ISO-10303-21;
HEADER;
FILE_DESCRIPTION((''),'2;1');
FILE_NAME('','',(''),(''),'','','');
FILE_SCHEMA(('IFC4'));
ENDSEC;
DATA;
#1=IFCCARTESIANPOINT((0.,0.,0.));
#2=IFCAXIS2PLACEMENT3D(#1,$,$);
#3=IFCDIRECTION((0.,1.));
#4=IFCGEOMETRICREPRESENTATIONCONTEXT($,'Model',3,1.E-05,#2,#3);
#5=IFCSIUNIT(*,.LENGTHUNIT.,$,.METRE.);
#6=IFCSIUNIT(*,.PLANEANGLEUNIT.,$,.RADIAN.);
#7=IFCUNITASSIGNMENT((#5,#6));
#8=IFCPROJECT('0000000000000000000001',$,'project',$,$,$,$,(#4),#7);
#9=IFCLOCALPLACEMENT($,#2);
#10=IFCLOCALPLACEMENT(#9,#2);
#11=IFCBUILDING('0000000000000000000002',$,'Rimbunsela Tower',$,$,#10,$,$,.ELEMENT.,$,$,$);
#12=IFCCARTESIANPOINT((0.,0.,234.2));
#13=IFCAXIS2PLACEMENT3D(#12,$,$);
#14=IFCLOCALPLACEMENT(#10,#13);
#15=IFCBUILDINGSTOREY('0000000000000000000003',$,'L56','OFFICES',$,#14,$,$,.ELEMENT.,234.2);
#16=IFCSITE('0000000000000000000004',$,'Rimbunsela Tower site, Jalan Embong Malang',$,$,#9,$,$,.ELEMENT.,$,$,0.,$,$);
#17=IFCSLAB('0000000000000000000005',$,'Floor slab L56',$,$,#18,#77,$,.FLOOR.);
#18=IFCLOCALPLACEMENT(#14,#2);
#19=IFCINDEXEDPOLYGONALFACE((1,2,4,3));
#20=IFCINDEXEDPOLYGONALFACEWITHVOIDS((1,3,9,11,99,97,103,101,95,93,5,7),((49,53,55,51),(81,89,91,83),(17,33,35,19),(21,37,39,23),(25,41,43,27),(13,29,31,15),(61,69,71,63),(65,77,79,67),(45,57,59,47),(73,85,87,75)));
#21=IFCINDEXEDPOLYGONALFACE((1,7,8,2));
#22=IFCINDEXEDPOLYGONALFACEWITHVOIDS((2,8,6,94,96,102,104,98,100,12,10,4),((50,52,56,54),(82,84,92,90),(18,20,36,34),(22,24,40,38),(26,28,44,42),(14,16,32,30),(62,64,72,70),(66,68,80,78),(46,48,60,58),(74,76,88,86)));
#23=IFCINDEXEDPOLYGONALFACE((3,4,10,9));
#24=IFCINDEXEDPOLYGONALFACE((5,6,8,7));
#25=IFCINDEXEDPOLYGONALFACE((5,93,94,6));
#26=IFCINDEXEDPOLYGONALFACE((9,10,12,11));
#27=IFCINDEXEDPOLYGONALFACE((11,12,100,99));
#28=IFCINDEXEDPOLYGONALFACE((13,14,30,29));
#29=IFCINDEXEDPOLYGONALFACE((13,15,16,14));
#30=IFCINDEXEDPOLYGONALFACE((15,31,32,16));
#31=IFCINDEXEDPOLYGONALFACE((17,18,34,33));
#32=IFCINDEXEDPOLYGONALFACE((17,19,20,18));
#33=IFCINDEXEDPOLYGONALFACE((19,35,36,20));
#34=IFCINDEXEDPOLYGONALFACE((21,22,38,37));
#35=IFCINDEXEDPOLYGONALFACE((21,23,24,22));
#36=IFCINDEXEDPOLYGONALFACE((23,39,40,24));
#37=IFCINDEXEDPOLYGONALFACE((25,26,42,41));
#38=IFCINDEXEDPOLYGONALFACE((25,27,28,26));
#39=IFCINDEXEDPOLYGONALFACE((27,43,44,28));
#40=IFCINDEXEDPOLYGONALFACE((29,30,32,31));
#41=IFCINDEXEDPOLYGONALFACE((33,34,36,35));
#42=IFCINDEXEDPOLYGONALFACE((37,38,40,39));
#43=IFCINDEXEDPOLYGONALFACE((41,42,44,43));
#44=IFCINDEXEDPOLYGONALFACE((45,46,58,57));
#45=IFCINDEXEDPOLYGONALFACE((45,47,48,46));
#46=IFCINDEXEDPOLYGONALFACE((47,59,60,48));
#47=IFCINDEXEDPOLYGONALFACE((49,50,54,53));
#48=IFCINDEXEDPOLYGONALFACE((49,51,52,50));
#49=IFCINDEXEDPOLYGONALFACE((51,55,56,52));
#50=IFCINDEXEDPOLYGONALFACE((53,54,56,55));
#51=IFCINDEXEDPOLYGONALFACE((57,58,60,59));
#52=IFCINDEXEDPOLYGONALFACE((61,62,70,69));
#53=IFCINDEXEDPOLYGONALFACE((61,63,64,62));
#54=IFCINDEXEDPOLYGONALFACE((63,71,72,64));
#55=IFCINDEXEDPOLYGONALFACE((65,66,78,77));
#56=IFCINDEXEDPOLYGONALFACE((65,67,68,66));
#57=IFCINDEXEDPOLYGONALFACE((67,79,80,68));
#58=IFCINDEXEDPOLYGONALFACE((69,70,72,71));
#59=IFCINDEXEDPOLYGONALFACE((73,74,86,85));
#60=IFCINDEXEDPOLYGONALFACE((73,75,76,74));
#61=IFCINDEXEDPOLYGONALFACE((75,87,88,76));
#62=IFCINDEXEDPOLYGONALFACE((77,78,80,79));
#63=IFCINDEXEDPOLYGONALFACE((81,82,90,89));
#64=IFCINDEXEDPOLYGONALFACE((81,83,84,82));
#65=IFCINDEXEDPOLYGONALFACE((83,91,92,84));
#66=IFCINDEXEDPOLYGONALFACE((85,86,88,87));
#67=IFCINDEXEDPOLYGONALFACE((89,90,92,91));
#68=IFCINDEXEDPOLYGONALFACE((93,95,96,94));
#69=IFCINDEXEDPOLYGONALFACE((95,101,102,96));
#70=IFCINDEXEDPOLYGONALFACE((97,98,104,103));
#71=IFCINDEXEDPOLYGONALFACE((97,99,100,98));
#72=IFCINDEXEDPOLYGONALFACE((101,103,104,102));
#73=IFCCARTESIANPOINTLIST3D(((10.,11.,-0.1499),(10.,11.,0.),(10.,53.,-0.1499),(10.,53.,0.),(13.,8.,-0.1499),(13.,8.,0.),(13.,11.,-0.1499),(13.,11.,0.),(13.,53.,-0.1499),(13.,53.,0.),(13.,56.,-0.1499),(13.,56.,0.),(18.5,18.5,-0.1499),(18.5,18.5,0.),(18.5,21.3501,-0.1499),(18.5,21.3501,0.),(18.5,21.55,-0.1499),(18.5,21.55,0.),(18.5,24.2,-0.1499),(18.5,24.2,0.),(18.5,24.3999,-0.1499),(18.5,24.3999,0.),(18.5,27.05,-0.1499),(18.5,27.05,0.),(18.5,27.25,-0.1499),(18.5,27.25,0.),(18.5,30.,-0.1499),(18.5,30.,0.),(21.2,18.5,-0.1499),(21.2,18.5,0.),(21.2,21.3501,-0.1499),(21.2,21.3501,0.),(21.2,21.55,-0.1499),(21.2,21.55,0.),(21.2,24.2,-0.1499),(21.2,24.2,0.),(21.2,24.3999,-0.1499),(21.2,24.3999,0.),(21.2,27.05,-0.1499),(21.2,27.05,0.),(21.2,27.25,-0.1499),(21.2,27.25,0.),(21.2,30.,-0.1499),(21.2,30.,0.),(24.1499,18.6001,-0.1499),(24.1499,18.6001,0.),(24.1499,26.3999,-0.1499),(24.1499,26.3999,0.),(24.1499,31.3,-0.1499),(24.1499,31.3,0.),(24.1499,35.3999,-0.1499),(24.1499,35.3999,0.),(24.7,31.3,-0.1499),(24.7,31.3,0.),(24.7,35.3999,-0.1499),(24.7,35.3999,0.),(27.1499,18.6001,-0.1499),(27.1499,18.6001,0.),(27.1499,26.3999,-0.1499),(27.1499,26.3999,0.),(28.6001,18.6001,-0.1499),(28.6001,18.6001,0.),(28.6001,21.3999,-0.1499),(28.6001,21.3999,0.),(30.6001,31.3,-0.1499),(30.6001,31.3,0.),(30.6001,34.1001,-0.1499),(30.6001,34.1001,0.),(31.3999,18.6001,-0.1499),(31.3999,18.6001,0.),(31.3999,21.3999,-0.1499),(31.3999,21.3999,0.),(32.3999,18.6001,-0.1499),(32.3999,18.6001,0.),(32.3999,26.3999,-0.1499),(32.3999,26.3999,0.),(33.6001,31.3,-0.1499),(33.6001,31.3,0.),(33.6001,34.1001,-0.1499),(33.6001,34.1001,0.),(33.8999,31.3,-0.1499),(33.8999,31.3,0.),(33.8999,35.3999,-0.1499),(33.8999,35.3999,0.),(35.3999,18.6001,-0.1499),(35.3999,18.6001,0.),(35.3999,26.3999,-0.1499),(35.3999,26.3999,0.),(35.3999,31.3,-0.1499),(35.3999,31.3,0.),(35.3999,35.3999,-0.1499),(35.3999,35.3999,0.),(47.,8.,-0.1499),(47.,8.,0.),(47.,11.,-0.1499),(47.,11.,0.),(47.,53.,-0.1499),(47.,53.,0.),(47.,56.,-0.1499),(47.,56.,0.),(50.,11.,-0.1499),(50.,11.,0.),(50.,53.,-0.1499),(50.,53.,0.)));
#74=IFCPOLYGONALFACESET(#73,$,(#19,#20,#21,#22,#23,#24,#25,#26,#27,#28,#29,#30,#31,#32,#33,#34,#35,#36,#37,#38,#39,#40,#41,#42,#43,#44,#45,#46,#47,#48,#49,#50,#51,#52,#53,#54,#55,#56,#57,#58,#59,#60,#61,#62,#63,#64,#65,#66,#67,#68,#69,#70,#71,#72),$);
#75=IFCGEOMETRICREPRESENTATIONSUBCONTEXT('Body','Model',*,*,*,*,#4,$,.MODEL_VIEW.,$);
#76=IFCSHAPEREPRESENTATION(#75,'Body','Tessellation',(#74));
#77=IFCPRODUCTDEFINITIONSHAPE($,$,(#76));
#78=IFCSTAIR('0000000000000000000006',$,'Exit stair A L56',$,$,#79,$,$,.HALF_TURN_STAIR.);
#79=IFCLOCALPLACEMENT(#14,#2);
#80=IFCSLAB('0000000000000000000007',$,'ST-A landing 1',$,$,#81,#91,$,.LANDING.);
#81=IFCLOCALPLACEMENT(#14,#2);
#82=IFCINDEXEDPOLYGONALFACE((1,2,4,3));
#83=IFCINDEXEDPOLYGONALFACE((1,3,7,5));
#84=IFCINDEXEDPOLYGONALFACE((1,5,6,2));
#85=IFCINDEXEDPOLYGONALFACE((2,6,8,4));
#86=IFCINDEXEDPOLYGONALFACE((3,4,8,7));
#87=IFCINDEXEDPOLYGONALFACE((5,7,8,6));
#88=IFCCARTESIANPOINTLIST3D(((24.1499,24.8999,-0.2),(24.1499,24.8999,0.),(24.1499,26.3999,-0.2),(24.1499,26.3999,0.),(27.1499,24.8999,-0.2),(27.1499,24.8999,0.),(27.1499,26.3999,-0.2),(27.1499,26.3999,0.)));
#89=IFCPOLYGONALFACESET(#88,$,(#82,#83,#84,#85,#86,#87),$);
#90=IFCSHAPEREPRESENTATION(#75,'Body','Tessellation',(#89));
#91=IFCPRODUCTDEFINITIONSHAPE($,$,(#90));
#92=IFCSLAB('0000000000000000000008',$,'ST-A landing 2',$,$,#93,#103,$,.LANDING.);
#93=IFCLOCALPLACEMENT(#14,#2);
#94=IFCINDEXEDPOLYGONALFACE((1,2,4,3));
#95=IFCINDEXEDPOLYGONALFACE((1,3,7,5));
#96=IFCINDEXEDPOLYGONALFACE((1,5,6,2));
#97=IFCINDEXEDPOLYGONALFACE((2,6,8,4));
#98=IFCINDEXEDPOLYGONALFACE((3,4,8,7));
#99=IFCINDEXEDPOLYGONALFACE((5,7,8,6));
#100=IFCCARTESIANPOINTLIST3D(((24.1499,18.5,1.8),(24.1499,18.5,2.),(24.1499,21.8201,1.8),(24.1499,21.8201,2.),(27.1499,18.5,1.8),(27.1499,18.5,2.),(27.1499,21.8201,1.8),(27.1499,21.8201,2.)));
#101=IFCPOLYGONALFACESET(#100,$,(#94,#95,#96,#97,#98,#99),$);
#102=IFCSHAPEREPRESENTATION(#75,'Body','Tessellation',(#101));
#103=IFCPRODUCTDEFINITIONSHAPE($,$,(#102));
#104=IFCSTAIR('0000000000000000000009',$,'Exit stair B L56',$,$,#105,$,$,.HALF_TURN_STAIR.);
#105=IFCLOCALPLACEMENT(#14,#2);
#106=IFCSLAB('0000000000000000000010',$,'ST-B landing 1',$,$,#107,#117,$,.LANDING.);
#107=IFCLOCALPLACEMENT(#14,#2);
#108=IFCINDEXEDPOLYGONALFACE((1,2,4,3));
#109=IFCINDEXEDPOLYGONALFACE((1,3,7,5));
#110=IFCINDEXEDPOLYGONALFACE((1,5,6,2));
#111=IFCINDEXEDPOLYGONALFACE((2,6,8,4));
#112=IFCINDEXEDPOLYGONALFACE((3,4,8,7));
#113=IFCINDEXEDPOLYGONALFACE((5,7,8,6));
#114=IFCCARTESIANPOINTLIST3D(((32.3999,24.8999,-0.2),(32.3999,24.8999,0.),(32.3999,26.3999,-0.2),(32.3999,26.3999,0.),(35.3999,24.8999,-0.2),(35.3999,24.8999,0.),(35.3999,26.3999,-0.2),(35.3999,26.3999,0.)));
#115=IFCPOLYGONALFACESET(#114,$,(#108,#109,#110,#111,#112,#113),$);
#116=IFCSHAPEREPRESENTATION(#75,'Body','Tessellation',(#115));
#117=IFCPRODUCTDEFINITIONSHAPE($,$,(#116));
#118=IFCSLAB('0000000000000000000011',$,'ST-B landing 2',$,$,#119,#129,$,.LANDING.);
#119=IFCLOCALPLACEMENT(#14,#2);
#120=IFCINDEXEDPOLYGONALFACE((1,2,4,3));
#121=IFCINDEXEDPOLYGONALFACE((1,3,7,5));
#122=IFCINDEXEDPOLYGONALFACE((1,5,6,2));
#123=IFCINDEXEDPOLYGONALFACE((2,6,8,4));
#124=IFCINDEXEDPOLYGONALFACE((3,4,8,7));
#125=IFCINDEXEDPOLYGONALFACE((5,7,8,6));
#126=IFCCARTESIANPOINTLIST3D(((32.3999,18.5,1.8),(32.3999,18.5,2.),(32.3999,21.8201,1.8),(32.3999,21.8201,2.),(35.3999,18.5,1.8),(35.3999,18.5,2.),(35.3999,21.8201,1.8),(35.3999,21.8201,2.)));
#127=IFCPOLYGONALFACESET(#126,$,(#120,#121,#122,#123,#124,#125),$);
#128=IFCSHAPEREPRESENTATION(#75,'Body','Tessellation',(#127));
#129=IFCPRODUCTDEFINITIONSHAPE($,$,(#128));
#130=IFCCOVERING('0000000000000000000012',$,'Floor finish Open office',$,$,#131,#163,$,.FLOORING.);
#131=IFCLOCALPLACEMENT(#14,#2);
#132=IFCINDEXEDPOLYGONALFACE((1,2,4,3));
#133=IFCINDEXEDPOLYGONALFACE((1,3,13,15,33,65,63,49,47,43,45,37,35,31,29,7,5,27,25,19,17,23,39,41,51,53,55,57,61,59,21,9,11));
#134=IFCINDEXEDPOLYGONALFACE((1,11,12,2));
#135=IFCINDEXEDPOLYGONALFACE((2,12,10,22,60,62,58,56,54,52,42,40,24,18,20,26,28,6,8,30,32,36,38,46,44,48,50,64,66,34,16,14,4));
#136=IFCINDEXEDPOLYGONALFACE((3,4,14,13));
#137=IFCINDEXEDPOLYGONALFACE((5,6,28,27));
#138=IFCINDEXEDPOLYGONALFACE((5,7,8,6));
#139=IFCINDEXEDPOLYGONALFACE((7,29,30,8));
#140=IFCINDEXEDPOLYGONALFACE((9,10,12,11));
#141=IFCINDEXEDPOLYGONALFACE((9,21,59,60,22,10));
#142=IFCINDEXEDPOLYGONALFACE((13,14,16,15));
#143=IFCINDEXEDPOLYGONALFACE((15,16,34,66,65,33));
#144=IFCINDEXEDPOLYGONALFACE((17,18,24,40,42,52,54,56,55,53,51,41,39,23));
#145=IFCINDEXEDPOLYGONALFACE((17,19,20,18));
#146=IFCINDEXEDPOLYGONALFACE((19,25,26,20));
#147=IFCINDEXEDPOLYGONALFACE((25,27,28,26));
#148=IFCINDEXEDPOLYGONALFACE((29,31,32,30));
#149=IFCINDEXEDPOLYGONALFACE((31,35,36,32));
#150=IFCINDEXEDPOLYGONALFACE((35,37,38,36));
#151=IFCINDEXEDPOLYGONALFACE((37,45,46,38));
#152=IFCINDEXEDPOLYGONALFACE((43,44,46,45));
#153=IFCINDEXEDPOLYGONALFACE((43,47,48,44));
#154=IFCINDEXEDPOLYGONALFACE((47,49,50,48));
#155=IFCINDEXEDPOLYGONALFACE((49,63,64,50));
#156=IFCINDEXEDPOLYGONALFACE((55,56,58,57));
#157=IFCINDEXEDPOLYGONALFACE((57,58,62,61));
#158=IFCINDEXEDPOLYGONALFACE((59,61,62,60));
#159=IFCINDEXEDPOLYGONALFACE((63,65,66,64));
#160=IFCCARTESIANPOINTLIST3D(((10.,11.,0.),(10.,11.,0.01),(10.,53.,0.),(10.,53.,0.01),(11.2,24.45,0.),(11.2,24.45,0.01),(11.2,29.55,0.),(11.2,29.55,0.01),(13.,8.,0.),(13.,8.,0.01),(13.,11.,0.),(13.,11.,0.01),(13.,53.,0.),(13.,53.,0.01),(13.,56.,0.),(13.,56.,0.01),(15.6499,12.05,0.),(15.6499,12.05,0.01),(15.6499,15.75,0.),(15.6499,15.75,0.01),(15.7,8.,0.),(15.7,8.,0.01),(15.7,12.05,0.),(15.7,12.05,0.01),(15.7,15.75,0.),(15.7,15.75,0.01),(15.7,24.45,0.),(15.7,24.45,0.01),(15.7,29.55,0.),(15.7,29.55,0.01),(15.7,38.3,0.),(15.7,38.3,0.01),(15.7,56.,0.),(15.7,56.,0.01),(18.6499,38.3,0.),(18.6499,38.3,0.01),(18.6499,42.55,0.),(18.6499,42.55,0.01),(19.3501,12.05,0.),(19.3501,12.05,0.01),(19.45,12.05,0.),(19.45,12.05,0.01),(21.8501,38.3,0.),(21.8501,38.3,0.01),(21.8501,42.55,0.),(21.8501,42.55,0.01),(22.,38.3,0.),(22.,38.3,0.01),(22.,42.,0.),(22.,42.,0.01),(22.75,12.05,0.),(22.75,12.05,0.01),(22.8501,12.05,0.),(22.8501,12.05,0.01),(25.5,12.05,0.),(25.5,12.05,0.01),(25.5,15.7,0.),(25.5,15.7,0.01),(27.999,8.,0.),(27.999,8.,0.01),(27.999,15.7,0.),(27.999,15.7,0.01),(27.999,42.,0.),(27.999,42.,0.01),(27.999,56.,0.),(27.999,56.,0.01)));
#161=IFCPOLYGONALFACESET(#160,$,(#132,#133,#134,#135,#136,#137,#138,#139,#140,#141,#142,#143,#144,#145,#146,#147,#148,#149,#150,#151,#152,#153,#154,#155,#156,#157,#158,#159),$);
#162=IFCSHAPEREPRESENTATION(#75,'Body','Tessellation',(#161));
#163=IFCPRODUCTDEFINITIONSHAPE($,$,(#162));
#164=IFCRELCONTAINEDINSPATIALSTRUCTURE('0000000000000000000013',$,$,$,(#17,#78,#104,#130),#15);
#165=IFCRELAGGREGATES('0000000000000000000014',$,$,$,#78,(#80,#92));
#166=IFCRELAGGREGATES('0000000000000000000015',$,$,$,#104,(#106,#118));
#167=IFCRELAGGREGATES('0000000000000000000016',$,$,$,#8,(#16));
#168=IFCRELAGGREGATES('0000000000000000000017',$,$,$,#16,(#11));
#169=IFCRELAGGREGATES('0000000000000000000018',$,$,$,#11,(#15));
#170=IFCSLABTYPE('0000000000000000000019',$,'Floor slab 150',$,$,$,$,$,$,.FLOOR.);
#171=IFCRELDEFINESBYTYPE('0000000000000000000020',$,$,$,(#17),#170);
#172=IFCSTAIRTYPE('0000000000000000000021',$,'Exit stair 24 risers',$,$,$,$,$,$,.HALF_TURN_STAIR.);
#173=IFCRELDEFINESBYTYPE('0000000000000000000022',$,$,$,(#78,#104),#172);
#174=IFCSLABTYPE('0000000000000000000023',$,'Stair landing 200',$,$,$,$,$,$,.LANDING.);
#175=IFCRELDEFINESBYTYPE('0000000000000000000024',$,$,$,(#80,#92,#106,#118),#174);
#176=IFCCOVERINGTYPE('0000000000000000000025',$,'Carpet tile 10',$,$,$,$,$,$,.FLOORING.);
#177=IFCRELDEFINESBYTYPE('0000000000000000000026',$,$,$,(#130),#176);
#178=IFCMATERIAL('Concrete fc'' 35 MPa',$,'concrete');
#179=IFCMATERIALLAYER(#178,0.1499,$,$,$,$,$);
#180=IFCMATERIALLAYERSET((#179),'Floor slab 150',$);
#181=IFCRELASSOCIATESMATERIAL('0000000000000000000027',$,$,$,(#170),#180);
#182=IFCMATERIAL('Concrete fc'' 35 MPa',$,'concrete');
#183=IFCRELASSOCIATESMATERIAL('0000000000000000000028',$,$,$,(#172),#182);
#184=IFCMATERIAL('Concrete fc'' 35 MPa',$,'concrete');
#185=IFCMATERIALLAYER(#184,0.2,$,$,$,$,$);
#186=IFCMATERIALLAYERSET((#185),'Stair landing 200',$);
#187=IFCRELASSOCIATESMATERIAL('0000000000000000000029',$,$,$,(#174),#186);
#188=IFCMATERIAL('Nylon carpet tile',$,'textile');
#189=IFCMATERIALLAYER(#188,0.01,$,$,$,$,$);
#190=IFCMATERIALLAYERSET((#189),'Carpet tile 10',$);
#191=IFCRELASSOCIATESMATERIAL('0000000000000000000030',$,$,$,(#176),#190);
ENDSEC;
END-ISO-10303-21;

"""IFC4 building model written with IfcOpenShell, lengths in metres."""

from ifc_helpers import new_model, si_unit, direction, frame, origin, place, context, subcontext, project, spatial, polyline, outline, extrude, material, layer, layer_set, type_object, element, aggregate, save


model = new_model("IFC4")

# Units and contexts
model_context = context("Model", 3, precision=1e-05, world=origin(), true_north=direction((0.0, 1.0)))
body_context = subcontext(model_context, "Body", "Model", "MODEL_VIEW")
ifc_project = project(units=[si_unit("LENGTHUNIT", "METRE"), si_unit("PLANEANGLEUNIT", "RADIAN")], contexts=[model_context])

# Site, building, storey
site_placement = place(None, origin())
site = spatial("IfcSite", under=ifc_project, at=site_placement, Name="Rimbunsela Tower site, Jalan Embong Malang", CompositionType="ELEMENT", RefElevation=0.0)
building_placement = place(site_placement, origin())
building = spatial("IfcBuilding", under=site, at=building_placement, Name="Rimbunsela Tower", CompositionType="ELEMENT")
storey_placement = place(building_placement, frame((0.0, 0.0, 234.2)))
storey = spatial("IfcBuildingStorey", under=building, at=storey_placement, Name="L56", Description="OFFICES", CompositionType="ELEMENT", Elevation=234.2)

# Slab
ifc_material_1 = material(Name="Concrete fc' 35 MPa", Category="concrete")
ifc_layer_1 = layer(ifc_material_1, 0.1499)
ifc_layer_set_1 = layer_set([ifc_layer_1], Name="Floor slab 150")
slab_type_1 = type_object("IfcSlabType", Name="Floor slab 150", PredefinedType="FLOOR", material=ifc_layer_set_1)
slab_1_placement = place(storey_placement, frame((0.0, 0.0, -0.1499)))
element("IfcSlab", 1, at=slab_1_placement, inside=storey, type_object=slab_type_1, Name="Floor slab L56", PredefinedType="FLOOR", context=body_context, shape_type="SweptSolid", body=[
    extrude(outline(polyline([(13.0, 8.0), (47.0, 8.0), (47.0, 11.0), (50.0, 11.0), (50.0, 53.0), (47.0, 53.0), (47.0, 56.0), (13.0, 56.0), (13.0, 53.0), (10.0, 53.0), (10.0, 11.0), (13.0, 11.0), (13.0, 8.0)]), holes=[polyline([(21.2, 21.3501), (18.5, 21.3501), (18.5, 18.5), (21.2, 18.5), (21.2, 21.3501)]), polyline([(21.2, 21.55), (21.2, 24.2), (18.5, 24.2), (18.5, 21.55), (21.2, 21.55)]), polyline([(21.2, 27.05), (18.5, 27.05), (18.5, 24.3999), (21.2, 24.3999), (21.2, 27.05)]), polyline([(21.2, 30.0), (18.5, 30.0), (18.5, 27.25), (21.2, 27.25), (21.2, 30.0)]), polyline([(27.1499, 26.3999), (24.1499, 26.3999), (24.1499, 18.6001), (27.1499, 18.6001), (27.1499, 26.3999)]), polyline([(24.7, 31.3), (24.7, 35.3999), (24.1499, 35.3999), (24.1499, 31.3), (24.7, 31.3)]), polyline([(31.3999, 21.3999), (28.6001, 21.3999), (28.6001, 18.6001), (31.3999, 18.6001), (31.3999, 21.3999)]), polyline([(33.6001, 34.1001), (30.6001, 34.1001), (30.6001, 31.3), (33.6001, 31.3), (33.6001, 34.1001)]), polyline([(35.3999, 18.6001), (35.3999, 26.3999), (32.3999, 26.3999), (32.3999, 18.6001), (35.3999, 18.6001)]), polyline([(35.3999, 31.3), (35.3999, 35.3999), (33.8999, 35.3999), (33.8999, 31.3), (35.3999, 31.3)])]), origin(), (0.0, 0.0, 1.0), 0.1499),
])

# Stairs, slabs
ifc_material_2 = material(Name="Concrete fc' 35 MPa", Category="concrete")
stair_type = type_object("IfcStairType", Name="Exit stair 24 risers", PredefinedType="HALF_TURN_STAIR", material=ifc_material_2)
stair_1_placement = place(storey_placement, origin())
stair_1 = element("IfcStair", 2, at=stair_1_placement, inside=storey, type_object=stair_type, Name="Exit stair A L56", PredefinedType="HALF_TURN_STAIR")
ifc_material_3 = material(Name="Concrete fc' 35 MPa", Category="concrete")
ifc_layer_2 = layer(ifc_material_3, 0.2)
ifc_layer_set_2 = layer_set([ifc_layer_2], Name="Stair landing 200")
slab_type_2 = type_object("IfcSlabType", Name="Stair landing 200", PredefinedType="LANDING", material=ifc_layer_set_2)
slab_2_placement = place(storey_placement, frame((0.0, 0.0, -0.2)))
slab_2 = element("IfcSlab", 3, at=slab_2_placement, type_object=slab_type_2, Name="ST-A landing 1", PredefinedType="LANDING", context=body_context, shape_type="SweptSolid", body=[
    extrude(outline(polyline([(24.1499, 24.8999), (27.1499, 24.8999), (27.1499, 26.3999), (24.1499, 26.3999), (24.1499, 24.8999)])), origin(), (0.0, 0.0, 1.0), 0.2),
])
slab_3_placement = place(storey_placement, frame((0.0, 0.0, 1.8)))
slab_3 = element("IfcSlab", 4, at=slab_3_placement, type_object=slab_type_2, Name="ST-A landing 2", PredefinedType="LANDING", context=body_context, shape_type="SweptSolid", body=[
    extrude(outline(polyline([(24.1499, 18.5), (27.1499, 18.5), (27.1499, 21.8201), (24.1499, 21.8201), (24.1499, 18.5)])), origin(), (0.0, 0.0, 1.0), 0.2),
])
aggregate(stair_1, [slab_2, slab_3])
stair_2_placement = place(storey_placement, origin())
stair_2 = element("IfcStair", 5, at=stair_2_placement, inside=storey, type_object=stair_type, Name="Exit stair B L56", PredefinedType="HALF_TURN_STAIR")
slab_4_placement = place(storey_placement, frame((0.0, 0.0, -0.2)))
slab_4 = element("IfcSlab", 6, at=slab_4_placement, type_object=slab_type_2, Name="ST-B landing 1", PredefinedType="LANDING", context=body_context, shape_type="SweptSolid", body=[
    extrude(outline(polyline([(32.3999, 24.8999), (35.3999, 24.8999), (35.3999, 26.3999), (32.3999, 26.3999), (32.3999, 24.8999)])), origin(), (0.0, 0.0, 1.0), 0.2),
])
slab_5_placement = place(storey_placement, frame((0.0, 0.0, 1.8)))
slab_5 = element("IfcSlab", 7, at=slab_5_placement, type_object=slab_type_2, Name="ST-B landing 2", PredefinedType="LANDING", context=body_context, shape_type="SweptSolid", body=[
    extrude(outline(polyline([(32.3999, 18.5), (35.3999, 18.5), (35.3999, 21.8201), (32.3999, 21.8201), (32.3999, 18.5)])), origin(), (0.0, 0.0, 1.0), 0.2),
])
aggregate(stair_2, [slab_4, slab_5])

# Covering
ifc_material_4 = material(Name="Nylon carpet tile", Category="textile")
ifc_layer_3 = layer(ifc_material_4, 0.01)
ifc_layer_set_3 = layer_set([ifc_layer_3], Name="Carpet tile 10")
covering_type_1 = type_object("IfcCoveringType", Name="Carpet tile 10", PredefinedType="FLOORING", material=ifc_layer_set_3)
covering_1_placement = place(storey_placement, origin())
element("IfcCovering", 8, at=covering_1_placement, inside=storey, type_object=covering_type_1, Name="Floor finish Open office", PredefinedType="FLOORING", context=body_context, shape_type="SweptSolid", body=[
    extrude(outline(polyline([(19.45, 12.05), (22.75, 12.05), (22.8501, 12.05), (25.5, 12.05), (25.5, 15.7), (27.999, 15.7), (27.999, 8.0), (15.7, 8.0), (13.0, 8.0), (13.0, 11.0), (10.0, 11.0), (10.0, 53.0), (13.0, 53.0), (13.0, 56.0), (15.7, 56.0), (27.999, 56.0), (27.999, 42.0), (22.0, 42.0), (22.0, 38.3), (21.8501, 38.3), (21.8501, 42.55), (18.6499, 42.55), (18.6499, 38.3), (15.7, 38.3), (15.7, 29.55), (11.2, 29.55), (11.2, 24.45), (15.7, 24.45), (15.7, 15.75), (15.6499, 15.75), (15.6499, 12.05), (15.7, 12.05), (19.3501, 12.05), (19.45, 12.05)])), origin(), (0.0, 0.0, 1.0), 0.01),
])

save(model, "model.ifc")
